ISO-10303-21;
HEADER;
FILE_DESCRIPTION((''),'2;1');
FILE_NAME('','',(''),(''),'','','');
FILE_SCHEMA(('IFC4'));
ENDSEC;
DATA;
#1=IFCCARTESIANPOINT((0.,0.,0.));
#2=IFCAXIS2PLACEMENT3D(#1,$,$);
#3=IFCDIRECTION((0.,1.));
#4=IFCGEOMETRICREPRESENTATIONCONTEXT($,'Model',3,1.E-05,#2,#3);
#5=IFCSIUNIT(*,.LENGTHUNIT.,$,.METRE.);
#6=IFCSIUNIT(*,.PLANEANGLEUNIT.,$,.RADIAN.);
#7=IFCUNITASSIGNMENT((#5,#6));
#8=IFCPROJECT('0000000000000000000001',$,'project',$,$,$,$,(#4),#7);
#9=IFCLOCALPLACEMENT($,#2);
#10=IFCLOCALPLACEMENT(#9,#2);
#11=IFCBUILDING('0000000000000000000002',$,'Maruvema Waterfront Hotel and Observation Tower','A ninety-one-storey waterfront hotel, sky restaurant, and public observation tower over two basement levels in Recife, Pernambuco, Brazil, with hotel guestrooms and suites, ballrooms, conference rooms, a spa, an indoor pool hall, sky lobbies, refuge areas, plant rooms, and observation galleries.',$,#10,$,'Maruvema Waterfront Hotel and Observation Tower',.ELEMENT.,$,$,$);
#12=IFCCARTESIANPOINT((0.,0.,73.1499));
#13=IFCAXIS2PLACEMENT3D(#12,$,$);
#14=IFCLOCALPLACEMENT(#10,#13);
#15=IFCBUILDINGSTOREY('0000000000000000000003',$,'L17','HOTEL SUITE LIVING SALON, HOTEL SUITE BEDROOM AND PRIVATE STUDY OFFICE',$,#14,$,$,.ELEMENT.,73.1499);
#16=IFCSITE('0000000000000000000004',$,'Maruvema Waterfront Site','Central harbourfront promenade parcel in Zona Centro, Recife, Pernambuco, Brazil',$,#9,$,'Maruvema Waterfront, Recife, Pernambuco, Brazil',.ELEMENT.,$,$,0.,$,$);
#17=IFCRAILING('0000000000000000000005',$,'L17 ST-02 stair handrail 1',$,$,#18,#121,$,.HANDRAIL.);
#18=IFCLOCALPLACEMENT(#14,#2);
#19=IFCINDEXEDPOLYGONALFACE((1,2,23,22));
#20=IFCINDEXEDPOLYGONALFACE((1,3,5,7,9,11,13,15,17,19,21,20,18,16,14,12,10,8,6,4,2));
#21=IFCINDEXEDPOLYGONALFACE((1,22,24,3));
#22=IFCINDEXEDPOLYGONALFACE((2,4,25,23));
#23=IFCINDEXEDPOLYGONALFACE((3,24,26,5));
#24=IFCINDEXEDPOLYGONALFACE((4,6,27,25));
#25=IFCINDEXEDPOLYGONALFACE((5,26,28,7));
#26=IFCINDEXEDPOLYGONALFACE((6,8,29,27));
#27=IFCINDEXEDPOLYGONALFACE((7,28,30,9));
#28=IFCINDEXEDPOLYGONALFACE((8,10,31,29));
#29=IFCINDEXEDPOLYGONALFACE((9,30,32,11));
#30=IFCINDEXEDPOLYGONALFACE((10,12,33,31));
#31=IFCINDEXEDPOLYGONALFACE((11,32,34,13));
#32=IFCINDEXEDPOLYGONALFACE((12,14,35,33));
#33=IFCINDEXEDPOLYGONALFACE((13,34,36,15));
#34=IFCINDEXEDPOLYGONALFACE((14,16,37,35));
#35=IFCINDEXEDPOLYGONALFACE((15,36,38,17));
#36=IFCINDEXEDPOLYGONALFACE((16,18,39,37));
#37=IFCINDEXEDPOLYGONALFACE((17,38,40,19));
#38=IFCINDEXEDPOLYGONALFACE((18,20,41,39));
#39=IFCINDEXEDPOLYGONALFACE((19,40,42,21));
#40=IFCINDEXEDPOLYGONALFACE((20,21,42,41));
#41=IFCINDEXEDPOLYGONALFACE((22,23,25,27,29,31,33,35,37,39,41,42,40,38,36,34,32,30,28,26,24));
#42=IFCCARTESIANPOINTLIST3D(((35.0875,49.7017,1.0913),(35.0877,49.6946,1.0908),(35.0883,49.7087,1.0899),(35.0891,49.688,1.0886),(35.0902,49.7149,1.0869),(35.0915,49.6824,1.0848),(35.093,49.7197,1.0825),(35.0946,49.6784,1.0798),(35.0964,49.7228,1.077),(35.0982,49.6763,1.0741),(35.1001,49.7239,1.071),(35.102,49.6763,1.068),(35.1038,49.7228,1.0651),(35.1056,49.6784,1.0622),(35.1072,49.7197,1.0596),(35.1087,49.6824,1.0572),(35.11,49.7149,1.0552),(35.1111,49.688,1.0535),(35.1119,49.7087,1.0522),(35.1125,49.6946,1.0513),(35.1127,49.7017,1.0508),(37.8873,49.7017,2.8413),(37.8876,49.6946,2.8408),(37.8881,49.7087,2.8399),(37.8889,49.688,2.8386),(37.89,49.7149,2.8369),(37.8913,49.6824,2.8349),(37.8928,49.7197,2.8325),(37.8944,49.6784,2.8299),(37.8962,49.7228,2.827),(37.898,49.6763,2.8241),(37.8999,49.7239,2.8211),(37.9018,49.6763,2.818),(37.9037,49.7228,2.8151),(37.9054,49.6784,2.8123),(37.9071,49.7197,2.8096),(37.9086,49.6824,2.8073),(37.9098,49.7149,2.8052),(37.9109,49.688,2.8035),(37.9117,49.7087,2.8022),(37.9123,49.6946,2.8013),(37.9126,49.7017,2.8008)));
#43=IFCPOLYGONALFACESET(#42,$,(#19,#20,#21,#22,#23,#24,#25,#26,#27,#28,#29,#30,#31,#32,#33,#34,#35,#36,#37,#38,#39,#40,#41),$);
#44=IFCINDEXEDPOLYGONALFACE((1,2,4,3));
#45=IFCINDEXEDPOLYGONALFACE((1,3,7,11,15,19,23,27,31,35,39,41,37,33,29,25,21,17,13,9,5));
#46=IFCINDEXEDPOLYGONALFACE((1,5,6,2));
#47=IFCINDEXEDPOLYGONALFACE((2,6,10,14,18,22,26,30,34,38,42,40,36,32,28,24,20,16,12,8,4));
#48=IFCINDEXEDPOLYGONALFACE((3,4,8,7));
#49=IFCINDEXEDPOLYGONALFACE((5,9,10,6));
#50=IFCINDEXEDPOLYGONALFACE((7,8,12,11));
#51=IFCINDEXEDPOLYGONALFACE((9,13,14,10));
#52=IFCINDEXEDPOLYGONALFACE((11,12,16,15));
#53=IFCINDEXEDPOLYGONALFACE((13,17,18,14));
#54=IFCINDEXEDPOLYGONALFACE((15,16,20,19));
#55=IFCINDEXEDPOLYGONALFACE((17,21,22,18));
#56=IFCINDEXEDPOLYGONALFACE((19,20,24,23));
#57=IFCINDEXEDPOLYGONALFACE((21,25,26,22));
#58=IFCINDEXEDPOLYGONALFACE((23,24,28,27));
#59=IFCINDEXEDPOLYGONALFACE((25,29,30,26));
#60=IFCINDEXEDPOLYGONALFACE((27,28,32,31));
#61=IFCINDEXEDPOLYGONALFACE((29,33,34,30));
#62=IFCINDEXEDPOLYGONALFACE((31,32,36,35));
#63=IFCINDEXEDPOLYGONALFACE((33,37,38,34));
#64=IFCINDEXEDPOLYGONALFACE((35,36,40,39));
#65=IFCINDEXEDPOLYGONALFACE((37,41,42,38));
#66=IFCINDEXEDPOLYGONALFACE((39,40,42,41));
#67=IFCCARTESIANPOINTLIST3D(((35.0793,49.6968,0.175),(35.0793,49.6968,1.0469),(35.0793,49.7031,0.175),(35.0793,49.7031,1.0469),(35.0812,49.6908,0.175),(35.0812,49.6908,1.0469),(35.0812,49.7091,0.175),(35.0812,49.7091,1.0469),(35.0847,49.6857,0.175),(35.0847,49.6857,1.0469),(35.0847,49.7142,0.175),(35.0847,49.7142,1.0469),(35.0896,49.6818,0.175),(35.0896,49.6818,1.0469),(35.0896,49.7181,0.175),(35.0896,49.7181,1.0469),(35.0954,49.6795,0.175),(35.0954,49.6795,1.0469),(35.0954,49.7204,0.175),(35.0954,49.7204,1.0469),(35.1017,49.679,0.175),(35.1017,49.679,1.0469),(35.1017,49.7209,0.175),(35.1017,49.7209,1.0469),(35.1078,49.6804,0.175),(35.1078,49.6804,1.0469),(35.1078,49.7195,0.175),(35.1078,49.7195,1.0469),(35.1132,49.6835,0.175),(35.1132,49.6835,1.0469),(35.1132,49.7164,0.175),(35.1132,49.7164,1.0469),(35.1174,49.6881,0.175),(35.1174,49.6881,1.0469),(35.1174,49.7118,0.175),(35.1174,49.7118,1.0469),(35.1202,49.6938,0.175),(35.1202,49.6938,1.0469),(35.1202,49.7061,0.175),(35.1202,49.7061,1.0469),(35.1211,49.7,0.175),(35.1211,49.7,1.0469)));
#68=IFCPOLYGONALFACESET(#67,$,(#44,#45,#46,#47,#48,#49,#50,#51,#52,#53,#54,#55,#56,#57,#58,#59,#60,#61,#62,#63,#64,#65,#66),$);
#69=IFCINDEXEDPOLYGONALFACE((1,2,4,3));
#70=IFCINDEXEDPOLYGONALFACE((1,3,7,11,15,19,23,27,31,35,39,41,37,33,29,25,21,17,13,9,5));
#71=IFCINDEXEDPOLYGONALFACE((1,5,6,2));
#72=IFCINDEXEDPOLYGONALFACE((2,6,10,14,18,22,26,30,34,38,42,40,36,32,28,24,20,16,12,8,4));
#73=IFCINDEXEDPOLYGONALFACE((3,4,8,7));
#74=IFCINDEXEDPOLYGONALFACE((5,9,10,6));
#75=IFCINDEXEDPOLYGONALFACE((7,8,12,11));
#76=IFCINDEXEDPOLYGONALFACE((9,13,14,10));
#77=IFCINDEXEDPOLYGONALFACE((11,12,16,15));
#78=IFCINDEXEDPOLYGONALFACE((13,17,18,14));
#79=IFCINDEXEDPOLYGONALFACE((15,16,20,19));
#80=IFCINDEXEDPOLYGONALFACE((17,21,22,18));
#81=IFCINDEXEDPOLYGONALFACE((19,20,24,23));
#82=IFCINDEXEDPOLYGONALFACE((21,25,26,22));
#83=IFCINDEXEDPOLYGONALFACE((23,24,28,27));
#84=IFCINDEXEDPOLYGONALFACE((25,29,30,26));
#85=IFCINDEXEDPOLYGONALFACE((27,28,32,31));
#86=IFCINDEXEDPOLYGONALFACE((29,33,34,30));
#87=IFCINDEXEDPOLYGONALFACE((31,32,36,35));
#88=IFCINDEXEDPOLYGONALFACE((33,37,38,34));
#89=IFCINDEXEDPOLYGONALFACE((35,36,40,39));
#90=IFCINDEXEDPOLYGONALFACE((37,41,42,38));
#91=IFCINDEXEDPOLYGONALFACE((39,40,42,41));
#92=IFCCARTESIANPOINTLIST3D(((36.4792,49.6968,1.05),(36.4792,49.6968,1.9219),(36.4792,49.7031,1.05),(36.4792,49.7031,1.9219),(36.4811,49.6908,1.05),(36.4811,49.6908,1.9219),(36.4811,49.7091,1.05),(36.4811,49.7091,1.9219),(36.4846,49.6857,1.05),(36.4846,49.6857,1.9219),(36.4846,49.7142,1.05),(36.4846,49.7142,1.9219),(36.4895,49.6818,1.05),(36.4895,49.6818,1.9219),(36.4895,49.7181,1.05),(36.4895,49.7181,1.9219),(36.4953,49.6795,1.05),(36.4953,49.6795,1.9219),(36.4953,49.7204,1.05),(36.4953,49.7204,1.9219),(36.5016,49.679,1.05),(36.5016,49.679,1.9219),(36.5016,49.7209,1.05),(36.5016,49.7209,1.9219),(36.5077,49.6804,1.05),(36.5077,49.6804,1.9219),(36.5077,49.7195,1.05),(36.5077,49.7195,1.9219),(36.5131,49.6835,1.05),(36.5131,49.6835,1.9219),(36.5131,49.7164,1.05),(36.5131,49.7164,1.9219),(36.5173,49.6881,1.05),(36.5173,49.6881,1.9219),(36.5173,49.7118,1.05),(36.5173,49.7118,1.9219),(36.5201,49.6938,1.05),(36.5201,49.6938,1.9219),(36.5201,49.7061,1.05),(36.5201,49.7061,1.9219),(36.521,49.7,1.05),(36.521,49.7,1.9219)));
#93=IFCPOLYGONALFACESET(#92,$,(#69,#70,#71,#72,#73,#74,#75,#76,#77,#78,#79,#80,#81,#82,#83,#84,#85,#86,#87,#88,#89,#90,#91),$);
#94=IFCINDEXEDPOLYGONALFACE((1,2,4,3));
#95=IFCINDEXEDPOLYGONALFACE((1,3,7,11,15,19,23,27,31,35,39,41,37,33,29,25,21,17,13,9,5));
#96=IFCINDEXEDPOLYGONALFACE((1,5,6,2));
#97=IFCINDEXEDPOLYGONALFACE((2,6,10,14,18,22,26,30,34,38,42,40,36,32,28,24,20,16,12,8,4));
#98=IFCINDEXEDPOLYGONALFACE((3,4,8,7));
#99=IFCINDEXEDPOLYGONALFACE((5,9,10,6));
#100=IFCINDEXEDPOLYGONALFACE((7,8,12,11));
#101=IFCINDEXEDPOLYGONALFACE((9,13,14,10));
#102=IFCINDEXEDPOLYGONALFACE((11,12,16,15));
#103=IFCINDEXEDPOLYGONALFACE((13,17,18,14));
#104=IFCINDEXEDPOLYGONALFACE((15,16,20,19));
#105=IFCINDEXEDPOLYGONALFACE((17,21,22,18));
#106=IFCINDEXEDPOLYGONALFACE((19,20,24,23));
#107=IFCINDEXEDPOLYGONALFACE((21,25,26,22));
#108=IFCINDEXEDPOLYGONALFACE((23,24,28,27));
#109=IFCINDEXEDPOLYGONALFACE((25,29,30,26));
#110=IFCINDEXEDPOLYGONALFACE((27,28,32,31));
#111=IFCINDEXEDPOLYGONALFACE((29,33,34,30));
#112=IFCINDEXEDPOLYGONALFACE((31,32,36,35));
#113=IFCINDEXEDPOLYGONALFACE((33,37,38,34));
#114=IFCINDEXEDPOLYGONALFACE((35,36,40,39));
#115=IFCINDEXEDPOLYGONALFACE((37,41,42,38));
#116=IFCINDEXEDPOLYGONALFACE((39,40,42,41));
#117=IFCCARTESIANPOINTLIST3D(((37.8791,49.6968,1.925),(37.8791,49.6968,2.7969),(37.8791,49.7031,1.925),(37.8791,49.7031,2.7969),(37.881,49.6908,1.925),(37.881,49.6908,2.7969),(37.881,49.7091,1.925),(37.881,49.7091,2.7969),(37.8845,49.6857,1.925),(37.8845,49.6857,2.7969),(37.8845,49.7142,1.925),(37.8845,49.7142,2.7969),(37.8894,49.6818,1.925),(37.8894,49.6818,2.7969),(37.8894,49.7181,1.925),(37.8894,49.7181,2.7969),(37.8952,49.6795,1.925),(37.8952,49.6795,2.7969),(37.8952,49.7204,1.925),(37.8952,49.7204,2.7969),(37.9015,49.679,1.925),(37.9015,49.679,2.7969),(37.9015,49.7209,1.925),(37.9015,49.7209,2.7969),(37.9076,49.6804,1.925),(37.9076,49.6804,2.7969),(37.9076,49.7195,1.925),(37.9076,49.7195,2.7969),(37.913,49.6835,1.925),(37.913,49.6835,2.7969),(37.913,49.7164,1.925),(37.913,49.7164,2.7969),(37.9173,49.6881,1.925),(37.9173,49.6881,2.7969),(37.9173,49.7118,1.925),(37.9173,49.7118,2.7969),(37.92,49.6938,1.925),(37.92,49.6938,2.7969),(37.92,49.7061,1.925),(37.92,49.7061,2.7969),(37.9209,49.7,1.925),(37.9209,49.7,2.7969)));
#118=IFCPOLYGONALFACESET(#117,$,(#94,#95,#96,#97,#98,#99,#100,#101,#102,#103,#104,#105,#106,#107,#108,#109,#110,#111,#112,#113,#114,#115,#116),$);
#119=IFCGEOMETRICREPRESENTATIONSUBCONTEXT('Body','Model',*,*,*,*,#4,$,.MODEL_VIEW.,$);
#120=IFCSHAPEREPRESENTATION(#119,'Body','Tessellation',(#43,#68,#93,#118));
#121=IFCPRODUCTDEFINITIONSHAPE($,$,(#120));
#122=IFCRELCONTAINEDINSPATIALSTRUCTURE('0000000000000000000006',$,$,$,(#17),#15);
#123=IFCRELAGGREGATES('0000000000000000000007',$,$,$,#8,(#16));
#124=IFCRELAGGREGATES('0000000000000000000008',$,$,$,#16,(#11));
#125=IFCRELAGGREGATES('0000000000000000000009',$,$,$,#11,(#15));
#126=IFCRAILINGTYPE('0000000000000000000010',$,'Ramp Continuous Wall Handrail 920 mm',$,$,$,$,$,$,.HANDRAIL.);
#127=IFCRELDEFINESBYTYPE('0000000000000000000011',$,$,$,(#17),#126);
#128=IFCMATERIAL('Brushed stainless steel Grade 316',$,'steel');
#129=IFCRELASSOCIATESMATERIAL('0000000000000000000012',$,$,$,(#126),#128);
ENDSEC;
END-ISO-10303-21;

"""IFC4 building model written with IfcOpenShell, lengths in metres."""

from ifc_helpers import new_model, si_unit, direction, frame, origin, origin_2d, place, context, subcontext, project, spatial, circle, extrude, material, type_object, element, save


model = new_model("IFC4")

# Units and contexts
model_context = context("Model", 3, precision=1e-05, world=origin(), true_north=direction((0.0, 1.0)))
body_context = subcontext(model_context, "Body", "Model", "MODEL_VIEW")
ifc_project = project(units=[si_unit("LENGTHUNIT", "METRE"), si_unit("PLANEANGLEUNIT", "RADIAN")], contexts=[model_context])

# Site, building, storey
site_placement = place(None, origin())
site = spatial("IfcSite", under=ifc_project, at=site_placement, Name="Maruvema Waterfront Site", Description="Central harbourfront promenade parcel in Zona Centro, Recife, Pernambuco, Brazil", LongName="Maruvema Waterfront, Recife, Pernambuco, Brazil", CompositionType="ELEMENT", RefElevation=0.0)
building_placement = place(site_placement, origin())
building = spatial("IfcBuilding", under=site, at=building_placement, Name="Maruvema Waterfront Hotel and Observation Tower", Description="A ninety-one-storey waterfront hotel, sky restaurant, and public observation tower over two basement levels in Recife, Pernambuco, Brazil, with hotel guestrooms and suites, ballrooms, conference rooms, a spa, an indoor pool hall, sky lobbies, refuge areas, plant rooms, and observation galleries.", LongName="Maruvema Waterfront Hotel and Observation Tower", CompositionType="ELEMENT")
storey_placement = place(building_placement, frame((0.0, 0.0, 73.1499)))
storey = spatial("IfcBuildingStorey", under=building, at=storey_placement, Name="L17", Description="HOTEL SUITE LIVING SALON, HOTEL SUITE BEDROOM AND PRIVATE STUDY OFFICE", CompositionType="ELEMENT", Elevation=73.1499)

# Railing
ifc_material_1 = material(Name="Brushed stainless steel Grade 316", Category="steel")
railing_type_1 = type_object("IfcRailingType", Name="Ramp Continuous Wall Handrail 920 mm", PredefinedType="HANDRAIL", material=ifc_material_1)
railing_1_placement = place(storey_placement, frame((35.1001, 49.7, 0.175)))
element("IfcRailing", 1, at=railing_1_placement, inside=storey, type_object=railing_type_1, Name="L17 ST-02 stair handrail 1", PredefinedType="HANDRAIL", context=body_context, shape_type="SweptSolid", body=[
    extrude(circle(Radius=0.0239, at=origin_2d()), frame((0.0, 0.0, 0.896), z_axis=(0.847982, 0.0, 0.530026), x_axis=(0.0, 1.0, 0.0)), (0.0, 0.0, 1.0), 3.3018),
    extrude(circle(Radius=0.021, at=origin_2d()), origin(), (0.0, 0.0, 1.0), 0.8718),
    extrude(circle(Radius=0.021, at=origin_2d()), frame((1.3999, 0.0, 0.875)), (0.0, 0.0, 1.0), 0.8718),
    extrude(circle(Radius=0.021, at=origin_2d()), frame((2.7998, 0.0, 1.75)), (0.0, 0.0, 1.0), 0.8718),
])

save(model, "model.ifc")
